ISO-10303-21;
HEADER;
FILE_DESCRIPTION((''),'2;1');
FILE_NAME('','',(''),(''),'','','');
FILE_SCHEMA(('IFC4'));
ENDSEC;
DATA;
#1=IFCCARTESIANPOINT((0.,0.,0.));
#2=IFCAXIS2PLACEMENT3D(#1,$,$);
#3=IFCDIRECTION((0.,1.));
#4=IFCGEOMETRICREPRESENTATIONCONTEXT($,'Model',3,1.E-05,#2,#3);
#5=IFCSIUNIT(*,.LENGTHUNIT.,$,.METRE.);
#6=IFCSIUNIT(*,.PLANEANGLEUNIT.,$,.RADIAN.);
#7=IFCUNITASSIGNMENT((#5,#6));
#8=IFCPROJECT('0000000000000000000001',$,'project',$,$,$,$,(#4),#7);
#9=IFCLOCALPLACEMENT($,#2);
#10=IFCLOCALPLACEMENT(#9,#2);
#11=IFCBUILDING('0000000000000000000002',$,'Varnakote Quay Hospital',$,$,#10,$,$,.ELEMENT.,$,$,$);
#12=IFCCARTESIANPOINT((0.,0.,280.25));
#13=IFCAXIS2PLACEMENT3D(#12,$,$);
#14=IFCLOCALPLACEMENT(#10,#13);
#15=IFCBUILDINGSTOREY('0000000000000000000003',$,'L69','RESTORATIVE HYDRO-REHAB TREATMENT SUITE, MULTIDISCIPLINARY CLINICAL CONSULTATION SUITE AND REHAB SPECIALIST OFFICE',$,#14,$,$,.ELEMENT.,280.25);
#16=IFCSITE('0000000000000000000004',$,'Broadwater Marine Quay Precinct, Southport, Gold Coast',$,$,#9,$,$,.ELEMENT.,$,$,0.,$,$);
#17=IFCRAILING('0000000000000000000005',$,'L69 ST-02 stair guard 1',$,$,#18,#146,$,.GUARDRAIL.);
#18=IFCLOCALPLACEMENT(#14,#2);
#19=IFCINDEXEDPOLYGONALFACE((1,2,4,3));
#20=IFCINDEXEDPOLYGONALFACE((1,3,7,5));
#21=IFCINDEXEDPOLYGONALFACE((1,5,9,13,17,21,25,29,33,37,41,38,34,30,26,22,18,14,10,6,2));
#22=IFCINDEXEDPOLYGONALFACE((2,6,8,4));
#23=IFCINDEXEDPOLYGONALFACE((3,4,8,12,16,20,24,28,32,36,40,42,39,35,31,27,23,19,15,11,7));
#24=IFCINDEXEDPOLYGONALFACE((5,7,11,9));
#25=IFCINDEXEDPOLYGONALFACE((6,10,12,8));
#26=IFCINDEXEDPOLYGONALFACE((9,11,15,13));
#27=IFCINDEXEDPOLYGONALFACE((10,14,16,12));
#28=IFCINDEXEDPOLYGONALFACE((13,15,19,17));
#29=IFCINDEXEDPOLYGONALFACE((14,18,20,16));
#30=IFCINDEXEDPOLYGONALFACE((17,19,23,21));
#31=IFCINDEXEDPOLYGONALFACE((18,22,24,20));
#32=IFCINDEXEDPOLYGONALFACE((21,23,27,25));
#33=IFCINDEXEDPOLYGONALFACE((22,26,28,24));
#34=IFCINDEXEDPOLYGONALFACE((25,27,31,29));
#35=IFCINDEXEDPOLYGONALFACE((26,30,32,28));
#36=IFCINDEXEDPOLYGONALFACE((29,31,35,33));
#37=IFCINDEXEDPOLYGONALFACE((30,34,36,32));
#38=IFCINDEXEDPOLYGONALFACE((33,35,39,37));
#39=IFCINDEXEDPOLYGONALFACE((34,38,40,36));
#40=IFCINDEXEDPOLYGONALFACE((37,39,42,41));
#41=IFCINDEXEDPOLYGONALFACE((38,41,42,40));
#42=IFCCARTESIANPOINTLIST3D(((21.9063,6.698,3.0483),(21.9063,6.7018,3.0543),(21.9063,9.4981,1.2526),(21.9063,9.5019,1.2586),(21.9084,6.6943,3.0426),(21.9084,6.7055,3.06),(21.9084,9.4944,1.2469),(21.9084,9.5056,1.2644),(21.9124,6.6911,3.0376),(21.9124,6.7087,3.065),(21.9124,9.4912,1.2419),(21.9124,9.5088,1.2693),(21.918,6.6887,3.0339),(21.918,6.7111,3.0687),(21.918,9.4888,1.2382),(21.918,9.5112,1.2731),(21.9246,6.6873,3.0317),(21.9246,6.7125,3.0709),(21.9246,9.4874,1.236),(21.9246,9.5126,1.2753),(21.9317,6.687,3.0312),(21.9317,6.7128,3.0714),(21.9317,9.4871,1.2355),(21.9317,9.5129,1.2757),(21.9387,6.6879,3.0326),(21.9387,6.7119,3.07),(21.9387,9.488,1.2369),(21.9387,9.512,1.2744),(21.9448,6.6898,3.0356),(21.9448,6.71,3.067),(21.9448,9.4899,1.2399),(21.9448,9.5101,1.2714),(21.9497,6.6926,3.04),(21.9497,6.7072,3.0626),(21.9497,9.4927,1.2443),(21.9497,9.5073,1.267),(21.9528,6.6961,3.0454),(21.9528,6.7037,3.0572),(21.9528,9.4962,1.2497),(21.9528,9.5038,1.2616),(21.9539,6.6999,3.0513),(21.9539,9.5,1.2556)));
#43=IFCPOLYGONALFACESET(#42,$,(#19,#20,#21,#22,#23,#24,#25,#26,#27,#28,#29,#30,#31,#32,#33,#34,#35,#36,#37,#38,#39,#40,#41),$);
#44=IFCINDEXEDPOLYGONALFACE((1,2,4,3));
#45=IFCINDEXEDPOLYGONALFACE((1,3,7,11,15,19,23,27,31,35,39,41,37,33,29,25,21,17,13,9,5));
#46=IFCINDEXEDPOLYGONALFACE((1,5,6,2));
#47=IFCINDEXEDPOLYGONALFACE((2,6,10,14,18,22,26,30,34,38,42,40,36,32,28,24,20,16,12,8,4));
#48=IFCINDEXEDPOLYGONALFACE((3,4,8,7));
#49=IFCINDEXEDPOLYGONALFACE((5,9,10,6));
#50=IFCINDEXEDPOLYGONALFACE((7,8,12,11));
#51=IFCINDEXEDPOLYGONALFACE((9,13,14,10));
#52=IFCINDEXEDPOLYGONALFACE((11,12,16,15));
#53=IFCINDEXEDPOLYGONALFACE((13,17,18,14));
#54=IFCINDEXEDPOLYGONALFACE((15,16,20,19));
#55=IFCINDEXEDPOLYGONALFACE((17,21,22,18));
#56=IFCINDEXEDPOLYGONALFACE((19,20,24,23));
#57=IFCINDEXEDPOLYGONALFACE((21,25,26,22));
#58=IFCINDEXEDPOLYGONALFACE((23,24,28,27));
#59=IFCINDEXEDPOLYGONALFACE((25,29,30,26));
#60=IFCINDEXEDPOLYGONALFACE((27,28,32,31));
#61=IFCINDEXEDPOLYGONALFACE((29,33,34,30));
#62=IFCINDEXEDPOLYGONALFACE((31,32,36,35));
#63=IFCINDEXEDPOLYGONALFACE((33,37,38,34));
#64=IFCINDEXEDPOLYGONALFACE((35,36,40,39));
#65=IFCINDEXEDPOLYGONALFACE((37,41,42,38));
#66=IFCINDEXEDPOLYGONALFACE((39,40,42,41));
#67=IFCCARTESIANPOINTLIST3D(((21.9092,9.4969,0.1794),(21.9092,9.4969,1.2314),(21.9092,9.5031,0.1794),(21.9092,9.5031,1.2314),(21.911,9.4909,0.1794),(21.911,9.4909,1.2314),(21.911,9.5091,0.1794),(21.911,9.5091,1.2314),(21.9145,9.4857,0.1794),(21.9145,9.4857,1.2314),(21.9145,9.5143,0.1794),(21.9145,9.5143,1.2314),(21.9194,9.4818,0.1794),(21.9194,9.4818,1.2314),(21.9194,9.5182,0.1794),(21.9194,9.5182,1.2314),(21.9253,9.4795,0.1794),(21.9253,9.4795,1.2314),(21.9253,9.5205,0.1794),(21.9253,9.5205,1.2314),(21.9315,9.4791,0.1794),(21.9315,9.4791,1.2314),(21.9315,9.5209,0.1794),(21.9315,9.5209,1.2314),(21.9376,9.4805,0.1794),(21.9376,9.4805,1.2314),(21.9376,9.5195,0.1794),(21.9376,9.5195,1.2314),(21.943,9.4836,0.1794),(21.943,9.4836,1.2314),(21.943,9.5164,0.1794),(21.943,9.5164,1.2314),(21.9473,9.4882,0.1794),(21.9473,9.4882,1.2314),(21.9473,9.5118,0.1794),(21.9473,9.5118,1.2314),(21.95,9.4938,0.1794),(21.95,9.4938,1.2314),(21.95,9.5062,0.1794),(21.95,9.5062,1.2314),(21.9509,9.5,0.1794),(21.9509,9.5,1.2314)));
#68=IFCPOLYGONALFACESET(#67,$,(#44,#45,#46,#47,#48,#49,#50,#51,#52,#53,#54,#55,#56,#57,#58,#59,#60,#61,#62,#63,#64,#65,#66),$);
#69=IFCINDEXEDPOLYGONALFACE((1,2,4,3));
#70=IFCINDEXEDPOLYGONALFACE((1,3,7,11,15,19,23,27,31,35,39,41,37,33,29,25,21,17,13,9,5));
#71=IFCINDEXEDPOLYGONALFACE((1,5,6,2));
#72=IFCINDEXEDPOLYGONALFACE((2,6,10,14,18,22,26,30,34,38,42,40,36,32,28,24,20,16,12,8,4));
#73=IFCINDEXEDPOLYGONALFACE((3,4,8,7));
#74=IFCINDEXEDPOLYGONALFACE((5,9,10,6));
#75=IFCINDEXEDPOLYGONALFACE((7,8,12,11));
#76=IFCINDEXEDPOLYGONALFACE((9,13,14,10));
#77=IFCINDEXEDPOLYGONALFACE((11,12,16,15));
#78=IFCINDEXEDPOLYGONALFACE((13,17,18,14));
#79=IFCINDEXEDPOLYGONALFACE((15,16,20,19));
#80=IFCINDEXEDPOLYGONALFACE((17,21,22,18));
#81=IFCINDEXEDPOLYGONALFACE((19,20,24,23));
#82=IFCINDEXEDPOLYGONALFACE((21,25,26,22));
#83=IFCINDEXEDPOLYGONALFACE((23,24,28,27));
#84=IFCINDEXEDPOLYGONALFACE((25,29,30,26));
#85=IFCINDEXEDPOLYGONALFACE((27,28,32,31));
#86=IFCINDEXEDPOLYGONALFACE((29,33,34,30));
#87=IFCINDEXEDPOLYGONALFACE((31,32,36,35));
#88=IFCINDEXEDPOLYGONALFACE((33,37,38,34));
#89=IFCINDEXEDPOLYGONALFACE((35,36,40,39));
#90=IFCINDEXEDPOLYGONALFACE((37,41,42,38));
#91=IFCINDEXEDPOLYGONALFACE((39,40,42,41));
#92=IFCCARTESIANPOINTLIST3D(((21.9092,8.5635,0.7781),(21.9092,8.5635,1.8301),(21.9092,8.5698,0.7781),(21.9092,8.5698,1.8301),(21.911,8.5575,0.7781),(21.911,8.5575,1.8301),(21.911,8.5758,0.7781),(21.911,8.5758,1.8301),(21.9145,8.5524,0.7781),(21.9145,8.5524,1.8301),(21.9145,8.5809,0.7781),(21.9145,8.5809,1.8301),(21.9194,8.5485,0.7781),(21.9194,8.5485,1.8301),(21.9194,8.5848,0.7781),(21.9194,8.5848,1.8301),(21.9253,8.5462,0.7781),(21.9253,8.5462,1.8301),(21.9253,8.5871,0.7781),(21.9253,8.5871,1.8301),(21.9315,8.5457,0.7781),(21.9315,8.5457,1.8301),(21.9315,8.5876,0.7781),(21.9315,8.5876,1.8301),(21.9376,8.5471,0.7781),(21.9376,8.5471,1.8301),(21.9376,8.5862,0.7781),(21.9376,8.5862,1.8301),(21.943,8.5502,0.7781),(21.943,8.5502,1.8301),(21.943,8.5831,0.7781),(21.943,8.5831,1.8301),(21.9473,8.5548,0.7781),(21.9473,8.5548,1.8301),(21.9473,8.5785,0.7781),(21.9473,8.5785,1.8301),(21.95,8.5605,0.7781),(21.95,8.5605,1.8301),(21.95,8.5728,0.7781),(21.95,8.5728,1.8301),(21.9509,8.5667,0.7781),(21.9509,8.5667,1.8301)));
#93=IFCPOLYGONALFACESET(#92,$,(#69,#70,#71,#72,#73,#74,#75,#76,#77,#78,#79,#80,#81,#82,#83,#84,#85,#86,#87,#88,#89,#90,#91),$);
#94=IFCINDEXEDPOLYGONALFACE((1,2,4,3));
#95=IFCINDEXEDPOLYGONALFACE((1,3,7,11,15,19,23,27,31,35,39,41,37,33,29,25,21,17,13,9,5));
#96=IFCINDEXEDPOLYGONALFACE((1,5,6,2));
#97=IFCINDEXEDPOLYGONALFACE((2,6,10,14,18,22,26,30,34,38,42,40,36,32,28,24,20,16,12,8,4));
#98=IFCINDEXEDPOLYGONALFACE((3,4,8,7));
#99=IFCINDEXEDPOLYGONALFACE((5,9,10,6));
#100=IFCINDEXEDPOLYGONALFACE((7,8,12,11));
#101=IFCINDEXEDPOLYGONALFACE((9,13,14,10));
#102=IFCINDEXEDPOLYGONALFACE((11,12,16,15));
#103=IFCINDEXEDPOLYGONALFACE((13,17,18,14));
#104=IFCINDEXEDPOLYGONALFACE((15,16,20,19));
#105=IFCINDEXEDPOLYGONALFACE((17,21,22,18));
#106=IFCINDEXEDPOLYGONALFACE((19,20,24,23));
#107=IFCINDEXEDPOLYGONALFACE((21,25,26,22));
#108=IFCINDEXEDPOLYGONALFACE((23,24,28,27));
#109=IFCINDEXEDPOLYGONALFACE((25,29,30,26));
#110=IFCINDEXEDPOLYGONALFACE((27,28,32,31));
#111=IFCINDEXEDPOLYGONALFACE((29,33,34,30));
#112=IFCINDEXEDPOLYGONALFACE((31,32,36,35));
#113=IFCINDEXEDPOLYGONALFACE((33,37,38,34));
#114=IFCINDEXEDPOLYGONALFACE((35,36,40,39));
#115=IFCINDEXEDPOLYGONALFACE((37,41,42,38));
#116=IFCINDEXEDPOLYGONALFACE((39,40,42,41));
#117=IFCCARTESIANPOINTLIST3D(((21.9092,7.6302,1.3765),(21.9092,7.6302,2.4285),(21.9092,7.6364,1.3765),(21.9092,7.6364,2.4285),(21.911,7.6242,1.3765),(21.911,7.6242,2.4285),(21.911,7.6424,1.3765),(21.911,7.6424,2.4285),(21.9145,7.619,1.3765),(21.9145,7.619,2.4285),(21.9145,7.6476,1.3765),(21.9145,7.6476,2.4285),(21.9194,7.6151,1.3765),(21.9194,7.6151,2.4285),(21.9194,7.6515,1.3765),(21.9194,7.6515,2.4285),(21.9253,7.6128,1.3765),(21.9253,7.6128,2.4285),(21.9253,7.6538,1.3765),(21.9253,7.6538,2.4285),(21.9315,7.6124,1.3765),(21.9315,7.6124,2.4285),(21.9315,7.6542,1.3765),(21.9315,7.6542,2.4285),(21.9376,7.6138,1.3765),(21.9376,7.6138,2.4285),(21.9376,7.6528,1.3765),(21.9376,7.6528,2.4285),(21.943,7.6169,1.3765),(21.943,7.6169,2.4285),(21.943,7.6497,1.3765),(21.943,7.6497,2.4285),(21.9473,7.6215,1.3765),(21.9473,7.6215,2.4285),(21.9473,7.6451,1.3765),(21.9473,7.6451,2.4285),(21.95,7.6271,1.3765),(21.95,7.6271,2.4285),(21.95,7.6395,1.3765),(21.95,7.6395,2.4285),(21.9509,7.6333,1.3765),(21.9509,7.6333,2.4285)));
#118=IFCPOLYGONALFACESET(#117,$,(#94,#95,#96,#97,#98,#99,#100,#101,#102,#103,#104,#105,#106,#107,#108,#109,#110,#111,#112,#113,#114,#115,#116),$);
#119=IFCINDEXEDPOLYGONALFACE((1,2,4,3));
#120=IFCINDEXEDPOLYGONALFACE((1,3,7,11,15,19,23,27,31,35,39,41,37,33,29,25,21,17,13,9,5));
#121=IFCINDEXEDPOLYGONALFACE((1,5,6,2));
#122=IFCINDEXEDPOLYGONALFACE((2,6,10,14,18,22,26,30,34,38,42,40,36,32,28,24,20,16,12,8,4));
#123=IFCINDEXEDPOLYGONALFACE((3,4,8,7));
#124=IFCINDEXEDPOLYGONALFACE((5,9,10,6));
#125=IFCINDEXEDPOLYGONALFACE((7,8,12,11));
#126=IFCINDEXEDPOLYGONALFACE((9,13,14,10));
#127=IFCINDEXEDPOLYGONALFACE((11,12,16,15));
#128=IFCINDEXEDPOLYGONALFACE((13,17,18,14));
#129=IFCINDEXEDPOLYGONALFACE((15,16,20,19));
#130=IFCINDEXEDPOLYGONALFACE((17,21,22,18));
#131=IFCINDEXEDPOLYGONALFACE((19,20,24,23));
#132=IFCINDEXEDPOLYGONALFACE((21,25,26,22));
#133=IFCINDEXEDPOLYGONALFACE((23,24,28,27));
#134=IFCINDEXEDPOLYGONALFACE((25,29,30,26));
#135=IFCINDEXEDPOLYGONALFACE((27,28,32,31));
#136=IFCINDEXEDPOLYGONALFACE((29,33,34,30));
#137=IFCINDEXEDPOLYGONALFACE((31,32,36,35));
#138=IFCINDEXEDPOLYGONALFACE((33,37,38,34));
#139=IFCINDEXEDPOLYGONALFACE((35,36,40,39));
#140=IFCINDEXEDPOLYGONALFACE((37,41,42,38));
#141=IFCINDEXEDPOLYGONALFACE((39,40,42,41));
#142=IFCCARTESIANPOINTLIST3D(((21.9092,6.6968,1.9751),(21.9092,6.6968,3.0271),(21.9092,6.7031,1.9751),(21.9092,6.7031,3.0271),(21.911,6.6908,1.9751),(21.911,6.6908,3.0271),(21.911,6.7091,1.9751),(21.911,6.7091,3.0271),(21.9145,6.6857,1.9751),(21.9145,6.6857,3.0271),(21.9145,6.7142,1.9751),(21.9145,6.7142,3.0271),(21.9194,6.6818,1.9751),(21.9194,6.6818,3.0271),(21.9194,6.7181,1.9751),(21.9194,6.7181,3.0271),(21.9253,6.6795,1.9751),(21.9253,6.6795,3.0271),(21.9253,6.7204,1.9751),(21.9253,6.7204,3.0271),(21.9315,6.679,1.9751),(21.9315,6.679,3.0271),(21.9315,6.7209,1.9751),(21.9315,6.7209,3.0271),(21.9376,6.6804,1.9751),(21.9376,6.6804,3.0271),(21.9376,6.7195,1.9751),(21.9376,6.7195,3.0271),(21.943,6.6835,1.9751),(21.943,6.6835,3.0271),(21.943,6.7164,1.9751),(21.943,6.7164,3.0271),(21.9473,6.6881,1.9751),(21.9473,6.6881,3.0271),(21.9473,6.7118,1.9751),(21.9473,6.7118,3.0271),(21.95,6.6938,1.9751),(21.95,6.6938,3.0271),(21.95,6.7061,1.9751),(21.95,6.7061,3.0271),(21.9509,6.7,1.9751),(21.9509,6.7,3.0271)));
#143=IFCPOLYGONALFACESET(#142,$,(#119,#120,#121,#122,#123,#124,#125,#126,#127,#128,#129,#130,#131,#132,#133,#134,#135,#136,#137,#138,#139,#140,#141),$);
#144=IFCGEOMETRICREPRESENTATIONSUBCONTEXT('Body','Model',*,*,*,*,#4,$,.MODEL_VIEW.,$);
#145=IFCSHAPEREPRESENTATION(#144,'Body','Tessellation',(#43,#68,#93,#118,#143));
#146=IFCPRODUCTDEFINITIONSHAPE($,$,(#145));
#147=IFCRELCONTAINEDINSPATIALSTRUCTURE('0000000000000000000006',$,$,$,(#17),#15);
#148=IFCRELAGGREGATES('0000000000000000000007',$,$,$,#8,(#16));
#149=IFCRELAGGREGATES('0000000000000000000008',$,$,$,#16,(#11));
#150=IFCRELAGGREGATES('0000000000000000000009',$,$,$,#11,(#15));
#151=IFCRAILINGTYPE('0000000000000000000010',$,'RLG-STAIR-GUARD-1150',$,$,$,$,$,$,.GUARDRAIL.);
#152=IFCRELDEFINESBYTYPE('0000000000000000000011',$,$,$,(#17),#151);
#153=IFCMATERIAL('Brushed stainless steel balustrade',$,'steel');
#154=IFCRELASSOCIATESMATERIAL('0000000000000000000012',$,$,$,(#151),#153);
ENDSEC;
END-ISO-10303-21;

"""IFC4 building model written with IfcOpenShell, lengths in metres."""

from ifc_helpers import new_model, si_unit, direction, frame, origin, origin_2d, place, context, subcontext, project, spatial, circle, extrude, material, type_object, element, save


model = new_model("IFC4")

# Units and contexts
model_context = context("Model", 3, precision=1e-05, world=origin(), true_north=direction((0.0, 1.0)))
body_context = subcontext(model_context, "Body", "Model", "MODEL_VIEW")
ifc_project = project(units=[si_unit("LENGTHUNIT", "METRE"), si_unit("PLANEANGLEUNIT", "RADIAN")], contexts=[model_context])

# Site, building, storey
site_placement = place(None, origin())
site = spatial("IfcSite", under=ifc_project, at=site_placement, Name="Broadwater Marine Quay Precinct, Southport, Gold Coast", CompositionType="ELEMENT", RefElevation=0.0)
building_placement = place(site_placement, origin())
building = spatial("IfcBuilding", under=site, at=building_placement, Name="Varnakote Quay Hospital", CompositionType="ELEMENT")
storey_placement = place(building_placement, frame((0.0, 0.0, 280.25)))
storey = spatial("IfcBuildingStorey", under=building, at=storey_placement, Name="L69", Description="RESTORATIVE HYDRO-REHAB TREATMENT SUITE, MULTIDISCIPLINARY CLINICAL CONSULTATION SUITE AND REHAB SPECIALIST OFFICE", CompositionType="ELEMENT", Elevation=280.25)

# Railing
ifc_material_1 = material(Name="Brushed stainless steel balustrade", Category="steel")
railing_type_1 = type_object("IfcRailingType", Name="RLG-STAIR-GUARD-1150", PredefinedType="GUARDRAIL", material=ifc_material_1)
railing_1_placement = place(storey_placement, frame((21.9299, 9.5, 0.1794)))
element("IfcRailing", 1, at=railing_1_placement, inside=storey, type_object=railing_type_1, Name="L69 ST-02 stair guard 1", PredefinedType="GUARDRAIL", context=body_context, shape_type="SweptSolid", body=[
    extrude(circle(Radius=0.0239, at=origin_2d()), frame((0.0, 0.0, 1.0762), z_axis=(0.0, -0.841777, 0.539826), x_axis=(1.0, 0.0, 0.0)), (0.0, 0.0, 1.0), 3.3264),
    extrude(circle(Radius=0.021, at=origin_2d()), origin(), (0.0, 0.0, 1.0), 1.052),
    extrude(circle(Radius=0.021, at=origin_2d()), frame((0.0, -0.9333, 0.5986)), (0.0, 0.0, 1.0), 1.052),
    extrude(circle(Radius=0.021, at=origin_2d()), frame((0.0, -1.8667, 1.197)), (0.0, 0.0, 1.0), 1.052),
    extrude(circle(Radius=0.021, at=origin_2d()), frame((0.0, -2.8, 1.7957)), (0.0, 0.0, 1.0), 1.052),
])

save(model, "model.ifc")
